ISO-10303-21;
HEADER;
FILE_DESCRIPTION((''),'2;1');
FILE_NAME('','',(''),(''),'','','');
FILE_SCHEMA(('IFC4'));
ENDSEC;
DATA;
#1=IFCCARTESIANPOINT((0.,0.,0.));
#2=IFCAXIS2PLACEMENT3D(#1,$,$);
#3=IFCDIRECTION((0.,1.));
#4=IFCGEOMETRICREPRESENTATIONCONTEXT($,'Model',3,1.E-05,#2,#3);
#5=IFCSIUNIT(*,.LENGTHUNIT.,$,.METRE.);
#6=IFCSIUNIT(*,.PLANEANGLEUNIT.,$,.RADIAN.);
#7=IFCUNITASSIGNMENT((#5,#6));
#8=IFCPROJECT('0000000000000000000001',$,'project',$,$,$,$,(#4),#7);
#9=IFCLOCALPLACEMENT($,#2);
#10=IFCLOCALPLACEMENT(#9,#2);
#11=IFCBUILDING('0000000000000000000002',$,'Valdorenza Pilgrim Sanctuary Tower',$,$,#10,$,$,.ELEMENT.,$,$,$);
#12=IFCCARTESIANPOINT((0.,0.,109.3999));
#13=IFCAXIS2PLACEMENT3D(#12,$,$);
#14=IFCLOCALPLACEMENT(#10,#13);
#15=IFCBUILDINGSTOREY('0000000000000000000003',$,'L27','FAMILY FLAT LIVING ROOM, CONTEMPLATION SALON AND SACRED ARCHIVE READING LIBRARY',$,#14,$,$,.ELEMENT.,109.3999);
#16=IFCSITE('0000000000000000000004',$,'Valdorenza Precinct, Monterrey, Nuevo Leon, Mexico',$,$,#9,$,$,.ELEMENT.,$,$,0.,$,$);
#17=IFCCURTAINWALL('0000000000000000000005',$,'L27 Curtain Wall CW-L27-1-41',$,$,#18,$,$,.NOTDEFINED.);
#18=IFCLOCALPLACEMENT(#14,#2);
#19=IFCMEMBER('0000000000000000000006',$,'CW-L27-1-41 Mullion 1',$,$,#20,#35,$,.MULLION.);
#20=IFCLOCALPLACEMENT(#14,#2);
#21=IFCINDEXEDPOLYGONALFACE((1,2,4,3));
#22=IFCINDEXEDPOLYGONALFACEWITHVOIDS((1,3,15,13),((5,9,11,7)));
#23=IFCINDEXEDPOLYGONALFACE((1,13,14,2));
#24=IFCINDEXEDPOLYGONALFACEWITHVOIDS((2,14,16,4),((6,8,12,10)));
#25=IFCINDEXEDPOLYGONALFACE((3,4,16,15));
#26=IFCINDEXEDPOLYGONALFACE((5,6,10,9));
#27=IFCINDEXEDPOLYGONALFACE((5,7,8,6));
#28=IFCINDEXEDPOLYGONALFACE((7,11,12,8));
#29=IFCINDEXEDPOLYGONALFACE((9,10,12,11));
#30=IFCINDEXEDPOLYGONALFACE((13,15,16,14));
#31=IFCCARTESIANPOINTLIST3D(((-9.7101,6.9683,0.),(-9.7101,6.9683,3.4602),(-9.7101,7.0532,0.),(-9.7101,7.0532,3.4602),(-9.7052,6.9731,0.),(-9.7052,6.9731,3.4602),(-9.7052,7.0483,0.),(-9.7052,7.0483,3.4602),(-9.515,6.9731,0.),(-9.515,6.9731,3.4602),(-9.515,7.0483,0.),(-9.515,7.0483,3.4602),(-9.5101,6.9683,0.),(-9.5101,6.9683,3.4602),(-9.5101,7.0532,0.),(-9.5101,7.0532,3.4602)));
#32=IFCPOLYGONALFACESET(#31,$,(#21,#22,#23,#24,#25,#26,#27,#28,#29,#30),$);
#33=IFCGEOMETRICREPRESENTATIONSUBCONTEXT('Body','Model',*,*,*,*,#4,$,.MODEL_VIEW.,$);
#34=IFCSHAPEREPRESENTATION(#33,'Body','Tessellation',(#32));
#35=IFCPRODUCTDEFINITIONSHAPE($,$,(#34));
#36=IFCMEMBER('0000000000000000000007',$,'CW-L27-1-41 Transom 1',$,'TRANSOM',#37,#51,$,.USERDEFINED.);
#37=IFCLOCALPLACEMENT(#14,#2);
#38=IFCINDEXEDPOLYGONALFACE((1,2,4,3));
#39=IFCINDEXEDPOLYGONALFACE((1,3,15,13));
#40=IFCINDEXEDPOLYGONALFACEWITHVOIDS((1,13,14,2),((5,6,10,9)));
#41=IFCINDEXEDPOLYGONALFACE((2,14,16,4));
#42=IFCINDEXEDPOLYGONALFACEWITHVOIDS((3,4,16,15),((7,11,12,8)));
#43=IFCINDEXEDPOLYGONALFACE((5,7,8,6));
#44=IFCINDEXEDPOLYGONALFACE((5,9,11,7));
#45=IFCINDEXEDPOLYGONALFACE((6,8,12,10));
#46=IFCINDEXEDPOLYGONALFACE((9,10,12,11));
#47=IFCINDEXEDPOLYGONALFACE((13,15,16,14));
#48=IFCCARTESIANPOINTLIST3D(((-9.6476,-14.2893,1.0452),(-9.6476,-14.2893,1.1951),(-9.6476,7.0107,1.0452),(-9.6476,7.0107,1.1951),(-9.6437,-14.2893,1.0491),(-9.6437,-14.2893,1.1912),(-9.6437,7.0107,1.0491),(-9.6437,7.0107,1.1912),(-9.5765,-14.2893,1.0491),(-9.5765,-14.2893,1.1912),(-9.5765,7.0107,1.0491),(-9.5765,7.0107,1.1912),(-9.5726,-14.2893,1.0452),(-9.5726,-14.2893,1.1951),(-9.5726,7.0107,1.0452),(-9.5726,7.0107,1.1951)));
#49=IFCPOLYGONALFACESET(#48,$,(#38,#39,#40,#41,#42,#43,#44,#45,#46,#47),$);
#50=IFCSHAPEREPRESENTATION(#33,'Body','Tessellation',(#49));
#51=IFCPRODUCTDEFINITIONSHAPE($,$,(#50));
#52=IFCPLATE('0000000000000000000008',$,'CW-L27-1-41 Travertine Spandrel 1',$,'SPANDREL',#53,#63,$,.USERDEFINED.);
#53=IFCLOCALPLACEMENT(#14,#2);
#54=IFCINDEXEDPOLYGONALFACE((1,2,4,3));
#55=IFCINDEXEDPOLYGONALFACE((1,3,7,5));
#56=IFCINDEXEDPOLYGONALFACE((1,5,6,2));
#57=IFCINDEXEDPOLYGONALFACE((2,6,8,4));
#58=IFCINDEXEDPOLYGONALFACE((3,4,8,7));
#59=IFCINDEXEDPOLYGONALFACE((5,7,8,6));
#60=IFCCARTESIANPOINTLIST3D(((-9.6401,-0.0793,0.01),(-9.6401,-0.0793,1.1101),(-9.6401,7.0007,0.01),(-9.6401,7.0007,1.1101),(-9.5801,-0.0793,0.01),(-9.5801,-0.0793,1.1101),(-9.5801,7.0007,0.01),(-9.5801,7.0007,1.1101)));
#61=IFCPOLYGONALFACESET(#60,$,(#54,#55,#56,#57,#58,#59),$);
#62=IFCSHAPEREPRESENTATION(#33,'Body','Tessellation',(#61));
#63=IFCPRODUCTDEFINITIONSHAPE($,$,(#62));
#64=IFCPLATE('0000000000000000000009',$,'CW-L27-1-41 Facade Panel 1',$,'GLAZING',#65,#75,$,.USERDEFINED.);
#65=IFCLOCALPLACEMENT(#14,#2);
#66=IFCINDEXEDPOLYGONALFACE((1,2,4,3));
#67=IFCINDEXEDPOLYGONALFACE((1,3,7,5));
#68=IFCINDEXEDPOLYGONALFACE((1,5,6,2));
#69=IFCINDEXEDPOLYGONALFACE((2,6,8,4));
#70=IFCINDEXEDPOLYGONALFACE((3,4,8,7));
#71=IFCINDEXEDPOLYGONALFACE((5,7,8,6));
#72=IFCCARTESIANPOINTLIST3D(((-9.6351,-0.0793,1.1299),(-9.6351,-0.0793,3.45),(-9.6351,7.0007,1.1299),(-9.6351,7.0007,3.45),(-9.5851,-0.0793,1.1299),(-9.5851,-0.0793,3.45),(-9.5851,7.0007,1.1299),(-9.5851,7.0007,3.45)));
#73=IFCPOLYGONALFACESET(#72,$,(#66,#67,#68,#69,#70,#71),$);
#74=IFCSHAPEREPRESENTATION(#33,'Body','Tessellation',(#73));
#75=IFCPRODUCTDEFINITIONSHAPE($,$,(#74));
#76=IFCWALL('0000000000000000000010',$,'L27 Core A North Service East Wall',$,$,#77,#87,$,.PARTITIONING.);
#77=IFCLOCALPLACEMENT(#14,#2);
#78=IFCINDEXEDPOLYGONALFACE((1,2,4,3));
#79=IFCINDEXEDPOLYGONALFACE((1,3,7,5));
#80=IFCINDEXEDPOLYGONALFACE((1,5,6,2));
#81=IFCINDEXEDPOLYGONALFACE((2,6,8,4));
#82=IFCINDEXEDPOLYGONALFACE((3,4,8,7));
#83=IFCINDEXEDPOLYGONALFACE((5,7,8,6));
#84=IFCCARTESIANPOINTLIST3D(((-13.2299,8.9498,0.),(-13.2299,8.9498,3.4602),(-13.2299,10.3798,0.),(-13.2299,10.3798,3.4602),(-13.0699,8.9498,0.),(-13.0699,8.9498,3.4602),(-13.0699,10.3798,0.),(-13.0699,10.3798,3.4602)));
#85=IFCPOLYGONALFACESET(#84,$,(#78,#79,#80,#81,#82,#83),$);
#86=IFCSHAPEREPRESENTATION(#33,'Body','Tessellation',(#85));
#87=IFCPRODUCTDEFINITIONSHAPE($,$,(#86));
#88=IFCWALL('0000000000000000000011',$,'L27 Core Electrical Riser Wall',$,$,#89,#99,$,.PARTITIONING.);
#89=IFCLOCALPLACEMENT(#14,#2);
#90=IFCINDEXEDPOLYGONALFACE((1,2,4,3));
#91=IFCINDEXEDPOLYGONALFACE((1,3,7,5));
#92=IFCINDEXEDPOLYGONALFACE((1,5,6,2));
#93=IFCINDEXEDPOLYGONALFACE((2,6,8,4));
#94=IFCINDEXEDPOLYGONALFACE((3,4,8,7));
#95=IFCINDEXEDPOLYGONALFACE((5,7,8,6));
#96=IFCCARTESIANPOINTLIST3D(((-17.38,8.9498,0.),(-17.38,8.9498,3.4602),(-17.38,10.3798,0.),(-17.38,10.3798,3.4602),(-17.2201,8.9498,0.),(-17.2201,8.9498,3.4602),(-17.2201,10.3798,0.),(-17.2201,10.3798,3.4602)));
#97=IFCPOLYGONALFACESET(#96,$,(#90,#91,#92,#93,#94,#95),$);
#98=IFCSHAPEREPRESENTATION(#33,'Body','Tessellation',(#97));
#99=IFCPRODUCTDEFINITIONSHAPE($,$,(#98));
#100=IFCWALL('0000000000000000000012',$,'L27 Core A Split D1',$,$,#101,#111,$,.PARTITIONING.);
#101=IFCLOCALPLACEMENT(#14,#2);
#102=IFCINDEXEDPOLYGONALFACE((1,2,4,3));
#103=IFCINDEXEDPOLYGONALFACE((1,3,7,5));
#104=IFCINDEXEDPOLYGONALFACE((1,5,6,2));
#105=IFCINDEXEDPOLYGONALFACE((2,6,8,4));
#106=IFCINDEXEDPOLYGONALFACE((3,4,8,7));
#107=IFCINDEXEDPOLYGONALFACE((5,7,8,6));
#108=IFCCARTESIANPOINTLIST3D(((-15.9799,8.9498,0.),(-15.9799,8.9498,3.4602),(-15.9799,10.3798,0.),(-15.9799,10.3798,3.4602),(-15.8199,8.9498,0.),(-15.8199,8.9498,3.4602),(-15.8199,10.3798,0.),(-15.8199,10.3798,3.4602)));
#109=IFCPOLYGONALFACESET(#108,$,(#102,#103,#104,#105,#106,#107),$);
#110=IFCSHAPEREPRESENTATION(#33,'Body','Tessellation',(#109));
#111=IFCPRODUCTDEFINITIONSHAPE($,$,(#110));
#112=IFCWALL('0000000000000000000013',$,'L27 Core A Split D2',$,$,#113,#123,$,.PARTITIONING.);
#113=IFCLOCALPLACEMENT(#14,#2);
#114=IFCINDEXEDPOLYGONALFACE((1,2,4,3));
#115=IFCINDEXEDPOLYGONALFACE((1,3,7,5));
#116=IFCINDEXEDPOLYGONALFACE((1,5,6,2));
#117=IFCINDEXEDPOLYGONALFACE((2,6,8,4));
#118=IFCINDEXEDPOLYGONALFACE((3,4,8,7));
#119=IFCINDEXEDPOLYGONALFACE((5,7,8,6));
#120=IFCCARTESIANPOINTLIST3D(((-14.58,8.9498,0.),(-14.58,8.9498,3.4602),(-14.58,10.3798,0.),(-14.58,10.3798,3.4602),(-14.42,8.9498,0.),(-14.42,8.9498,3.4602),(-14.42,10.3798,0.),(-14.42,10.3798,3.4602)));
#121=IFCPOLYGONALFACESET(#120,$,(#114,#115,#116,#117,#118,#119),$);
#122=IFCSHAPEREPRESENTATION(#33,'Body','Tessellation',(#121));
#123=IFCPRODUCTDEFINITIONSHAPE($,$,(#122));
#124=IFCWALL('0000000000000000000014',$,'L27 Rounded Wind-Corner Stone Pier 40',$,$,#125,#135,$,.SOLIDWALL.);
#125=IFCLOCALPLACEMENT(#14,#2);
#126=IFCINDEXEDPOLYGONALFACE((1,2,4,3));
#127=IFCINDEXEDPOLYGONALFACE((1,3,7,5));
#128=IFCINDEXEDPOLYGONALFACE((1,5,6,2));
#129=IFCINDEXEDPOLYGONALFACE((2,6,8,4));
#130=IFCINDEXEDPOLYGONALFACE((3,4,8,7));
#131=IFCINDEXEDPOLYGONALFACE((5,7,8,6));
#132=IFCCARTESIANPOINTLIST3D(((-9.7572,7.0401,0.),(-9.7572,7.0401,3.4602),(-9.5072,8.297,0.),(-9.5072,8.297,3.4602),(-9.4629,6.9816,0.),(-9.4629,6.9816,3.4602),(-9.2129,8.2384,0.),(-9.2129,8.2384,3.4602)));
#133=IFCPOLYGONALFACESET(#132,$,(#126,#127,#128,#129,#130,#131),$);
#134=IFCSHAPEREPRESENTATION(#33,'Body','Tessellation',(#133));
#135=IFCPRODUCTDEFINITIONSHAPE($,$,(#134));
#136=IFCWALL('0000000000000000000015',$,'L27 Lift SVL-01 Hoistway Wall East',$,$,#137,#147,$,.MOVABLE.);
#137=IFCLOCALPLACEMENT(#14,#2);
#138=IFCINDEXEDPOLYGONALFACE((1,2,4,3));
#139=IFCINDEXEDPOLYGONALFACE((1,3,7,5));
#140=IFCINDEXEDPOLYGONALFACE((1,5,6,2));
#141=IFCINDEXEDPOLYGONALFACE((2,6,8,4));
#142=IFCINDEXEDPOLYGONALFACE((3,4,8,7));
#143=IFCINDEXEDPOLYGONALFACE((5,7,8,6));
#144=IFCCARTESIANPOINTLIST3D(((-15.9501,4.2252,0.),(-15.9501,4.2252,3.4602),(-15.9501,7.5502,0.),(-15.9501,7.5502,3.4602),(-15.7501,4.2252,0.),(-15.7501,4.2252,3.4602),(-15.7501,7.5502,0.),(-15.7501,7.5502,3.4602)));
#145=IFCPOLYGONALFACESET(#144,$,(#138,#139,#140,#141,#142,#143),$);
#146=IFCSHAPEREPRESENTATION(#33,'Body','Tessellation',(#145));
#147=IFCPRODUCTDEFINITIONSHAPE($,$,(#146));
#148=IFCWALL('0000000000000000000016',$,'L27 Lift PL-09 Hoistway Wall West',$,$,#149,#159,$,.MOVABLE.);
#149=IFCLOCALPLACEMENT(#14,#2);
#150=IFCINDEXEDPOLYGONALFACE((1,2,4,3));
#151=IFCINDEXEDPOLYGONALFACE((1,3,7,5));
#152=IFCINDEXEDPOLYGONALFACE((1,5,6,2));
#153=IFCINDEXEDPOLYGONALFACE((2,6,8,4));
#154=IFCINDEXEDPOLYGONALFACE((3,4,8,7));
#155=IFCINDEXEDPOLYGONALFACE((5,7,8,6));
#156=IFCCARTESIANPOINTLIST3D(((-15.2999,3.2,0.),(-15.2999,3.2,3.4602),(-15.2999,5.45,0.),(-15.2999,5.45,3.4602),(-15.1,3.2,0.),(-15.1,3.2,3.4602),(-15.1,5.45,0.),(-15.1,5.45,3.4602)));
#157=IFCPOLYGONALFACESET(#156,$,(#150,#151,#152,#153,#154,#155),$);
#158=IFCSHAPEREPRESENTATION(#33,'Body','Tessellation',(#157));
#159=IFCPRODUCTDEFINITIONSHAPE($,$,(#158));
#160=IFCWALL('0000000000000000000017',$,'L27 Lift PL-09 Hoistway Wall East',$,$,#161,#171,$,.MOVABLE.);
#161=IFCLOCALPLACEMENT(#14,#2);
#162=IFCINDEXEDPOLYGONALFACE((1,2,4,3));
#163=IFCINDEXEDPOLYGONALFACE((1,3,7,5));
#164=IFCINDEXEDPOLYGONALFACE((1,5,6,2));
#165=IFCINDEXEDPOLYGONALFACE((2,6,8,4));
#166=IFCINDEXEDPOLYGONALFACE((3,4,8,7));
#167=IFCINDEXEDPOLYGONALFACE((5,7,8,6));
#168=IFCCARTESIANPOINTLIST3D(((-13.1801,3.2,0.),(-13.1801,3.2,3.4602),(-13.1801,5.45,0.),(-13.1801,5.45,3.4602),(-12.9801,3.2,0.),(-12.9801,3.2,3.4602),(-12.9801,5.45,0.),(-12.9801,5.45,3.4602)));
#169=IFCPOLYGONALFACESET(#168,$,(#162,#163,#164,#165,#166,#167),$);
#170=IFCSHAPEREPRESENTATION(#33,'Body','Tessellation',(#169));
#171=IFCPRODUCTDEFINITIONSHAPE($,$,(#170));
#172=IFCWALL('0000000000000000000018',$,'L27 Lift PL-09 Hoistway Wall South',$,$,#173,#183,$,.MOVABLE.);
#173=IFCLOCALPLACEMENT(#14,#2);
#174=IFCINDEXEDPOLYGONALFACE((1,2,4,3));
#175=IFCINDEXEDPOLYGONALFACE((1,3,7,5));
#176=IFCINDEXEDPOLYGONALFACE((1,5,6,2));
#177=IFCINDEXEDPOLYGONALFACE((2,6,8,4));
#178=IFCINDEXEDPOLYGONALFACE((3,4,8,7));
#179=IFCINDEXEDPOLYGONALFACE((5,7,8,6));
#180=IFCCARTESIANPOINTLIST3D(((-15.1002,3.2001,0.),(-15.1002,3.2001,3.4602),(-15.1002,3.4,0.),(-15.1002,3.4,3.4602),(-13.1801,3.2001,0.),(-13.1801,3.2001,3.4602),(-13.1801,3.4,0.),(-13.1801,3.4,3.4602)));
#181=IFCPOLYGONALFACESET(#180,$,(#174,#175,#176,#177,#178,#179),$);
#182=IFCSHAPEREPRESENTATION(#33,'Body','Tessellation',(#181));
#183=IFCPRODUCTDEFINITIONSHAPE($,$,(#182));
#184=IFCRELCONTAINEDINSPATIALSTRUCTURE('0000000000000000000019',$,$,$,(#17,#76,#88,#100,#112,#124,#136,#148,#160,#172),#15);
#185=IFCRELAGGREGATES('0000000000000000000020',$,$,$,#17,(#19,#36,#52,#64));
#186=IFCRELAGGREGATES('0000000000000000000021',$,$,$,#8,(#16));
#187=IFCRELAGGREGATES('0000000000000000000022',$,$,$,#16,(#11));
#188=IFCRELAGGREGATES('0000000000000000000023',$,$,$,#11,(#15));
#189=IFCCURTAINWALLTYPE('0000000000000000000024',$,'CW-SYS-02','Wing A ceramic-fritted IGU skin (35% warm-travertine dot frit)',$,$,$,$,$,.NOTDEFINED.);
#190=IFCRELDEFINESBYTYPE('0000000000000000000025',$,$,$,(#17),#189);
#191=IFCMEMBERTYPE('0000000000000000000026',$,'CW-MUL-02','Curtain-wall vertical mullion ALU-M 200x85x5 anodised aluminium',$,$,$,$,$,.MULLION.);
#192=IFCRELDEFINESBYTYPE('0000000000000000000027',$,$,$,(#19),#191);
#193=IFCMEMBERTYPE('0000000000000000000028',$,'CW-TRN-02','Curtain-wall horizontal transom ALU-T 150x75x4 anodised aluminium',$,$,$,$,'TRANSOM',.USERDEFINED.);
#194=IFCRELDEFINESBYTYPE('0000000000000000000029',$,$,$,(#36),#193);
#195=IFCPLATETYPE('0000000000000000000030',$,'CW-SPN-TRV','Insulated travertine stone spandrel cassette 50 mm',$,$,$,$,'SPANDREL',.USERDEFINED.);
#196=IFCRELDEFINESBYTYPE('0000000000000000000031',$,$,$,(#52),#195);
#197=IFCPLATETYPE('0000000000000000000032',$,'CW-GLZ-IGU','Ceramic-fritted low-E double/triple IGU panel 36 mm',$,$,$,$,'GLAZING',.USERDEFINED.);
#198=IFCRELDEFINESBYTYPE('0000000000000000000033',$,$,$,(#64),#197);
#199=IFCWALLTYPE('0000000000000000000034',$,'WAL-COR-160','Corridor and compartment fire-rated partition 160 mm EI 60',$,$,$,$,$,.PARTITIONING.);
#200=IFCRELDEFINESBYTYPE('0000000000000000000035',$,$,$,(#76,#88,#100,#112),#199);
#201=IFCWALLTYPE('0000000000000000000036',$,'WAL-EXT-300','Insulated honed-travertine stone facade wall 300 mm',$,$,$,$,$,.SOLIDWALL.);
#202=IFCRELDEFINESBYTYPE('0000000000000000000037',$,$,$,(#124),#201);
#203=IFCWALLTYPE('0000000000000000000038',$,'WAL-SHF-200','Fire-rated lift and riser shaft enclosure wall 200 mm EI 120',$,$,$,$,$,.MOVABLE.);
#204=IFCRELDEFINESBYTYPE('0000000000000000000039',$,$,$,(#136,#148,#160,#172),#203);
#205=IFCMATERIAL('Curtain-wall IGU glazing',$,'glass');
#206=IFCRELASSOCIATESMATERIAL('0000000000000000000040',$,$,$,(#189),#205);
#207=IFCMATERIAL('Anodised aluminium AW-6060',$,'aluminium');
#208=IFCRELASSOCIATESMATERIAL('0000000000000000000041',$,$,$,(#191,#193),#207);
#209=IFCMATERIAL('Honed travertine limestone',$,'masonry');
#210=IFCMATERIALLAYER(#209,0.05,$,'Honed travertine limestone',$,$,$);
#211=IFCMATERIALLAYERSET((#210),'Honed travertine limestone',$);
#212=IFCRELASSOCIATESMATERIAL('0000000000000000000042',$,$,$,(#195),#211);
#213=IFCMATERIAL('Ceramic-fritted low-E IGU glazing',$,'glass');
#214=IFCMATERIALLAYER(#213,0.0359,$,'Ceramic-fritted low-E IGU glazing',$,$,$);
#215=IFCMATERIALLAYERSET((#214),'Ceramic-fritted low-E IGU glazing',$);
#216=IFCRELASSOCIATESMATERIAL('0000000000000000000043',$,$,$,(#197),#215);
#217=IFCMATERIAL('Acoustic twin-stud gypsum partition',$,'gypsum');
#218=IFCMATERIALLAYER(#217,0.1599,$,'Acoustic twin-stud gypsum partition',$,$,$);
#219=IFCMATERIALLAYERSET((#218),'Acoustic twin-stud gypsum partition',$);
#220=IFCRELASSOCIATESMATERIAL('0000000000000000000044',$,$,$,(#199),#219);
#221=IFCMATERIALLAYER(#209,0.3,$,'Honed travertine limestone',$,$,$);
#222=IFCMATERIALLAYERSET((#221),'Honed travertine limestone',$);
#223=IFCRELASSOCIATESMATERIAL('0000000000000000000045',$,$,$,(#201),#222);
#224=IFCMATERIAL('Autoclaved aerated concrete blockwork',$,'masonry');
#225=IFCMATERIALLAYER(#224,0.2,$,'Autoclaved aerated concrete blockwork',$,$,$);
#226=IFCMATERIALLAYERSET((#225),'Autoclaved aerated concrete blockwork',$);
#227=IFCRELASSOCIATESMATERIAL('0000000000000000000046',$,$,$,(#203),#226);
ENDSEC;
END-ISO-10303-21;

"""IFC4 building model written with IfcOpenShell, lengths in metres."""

from ifc_helpers import new_model, si_unit, direction, frame, frame_2d, origin, origin_2d, place, context, subcontext, project, spatial, rectangle, hollow_rectangle, extrude, source, transform, mapped, material, layer, layer_set, material_profile, profile_set, type_object, element, aggregate, save


model = new_model("IFC4")

# Units and contexts
model_context = context("Model", 3, precision=1e-05, world=origin(), true_north=direction((0.0, 1.0)))
body_context = subcontext(model_context, "Body", "Model", "MODEL_VIEW")
ifc_project = project(units=[si_unit("LENGTHUNIT", "METRE"), si_unit("PLANEANGLEUNIT", "RADIAN")], contexts=[model_context])

# Site, building, storey
site_placement = place(None, origin())
site = spatial("IfcSite", under=ifc_project, at=site_placement, Name="Valdorenza Precinct, Monterrey, Nuevo Leon, Mexico", CompositionType="ELEMENT", RefElevation=0.0)
building_placement = place(site_placement, origin())
building = spatial("IfcBuilding", under=site, at=building_placement, Name="Valdorenza Pilgrim Sanctuary Tower", CompositionType="ELEMENT")
storey_placement = place(building_placement, frame((0.0, 0.0, 109.3999)))
storey = spatial("IfcBuildingStorey", under=building, at=storey_placement, Name="L27", Description="FAMILY FLAT LIVING ROOM, CONTEMPLATION SALON AND SACRED ARCHIVE READING LIBRARY", CompositionType="ELEMENT", Elevation=109.3999)

# Curtain wall, members, plates
ifc_material_1 = material(Name="Curtain-wall IGU glazing", Category="glass")
curtain_wall_type = type_object("IfcCurtainWallType", Name="CW-SYS-02", Description="Wing A ceramic-fritted IGU skin (35% warm-travertine dot frit)", PredefinedType="NOTDEFINED", material=ifc_material_1)
curtain_wall_placement = place(storey_placement, origin())
curtain_wall = element("IfcCurtainWall", 1, at=curtain_wall_placement, inside=storey, type_object=curtain_wall_type, Name="L27 Curtain Wall CW-L27-1-41", PredefinedType="NOTDEFINED")
ifc_material_2 = material(Name="Anodised aluminium AW-6060", Category="aluminium")
ifc_material_profile_1 = material_profile(ifc_material_2, hollow_rectangle(XDim=0.085, YDim=0.2, WallThickness=0.0049, at=origin_2d()), Name="ALU-M 200x85x5")
ifc_profile_set_1 = profile_set([ifc_material_profile_1], Name="Anodised aluminium AW-6060")
member_type_1 = type_object("IfcMemberType", Name="CW-MUL-02", Description="Curtain-wall vertical mullion ALU-M 200x85x5 anodised aluminium", PredefinedType="MULLION", material=ifc_profile_set_1)
shared_shape_1 = source(origin(), body_context, "Body", "SweptSolid", [
    extrude(hollow_rectangle(XDim=0.085, YDim=0.2, WallThickness=0.0049, at=origin_2d()), origin(), (0.0, 0.0, 1.0), 3.4602),
])
member_1_placement = place(storey_placement, frame((-9.6101, 7.0107, 0.0), z_axis=(0.0, 0.0, 1.0), x_axis=(0.0, -1.0, 0.0)))
member_1 = element("IfcMember", 2, at=member_1_placement, type_object=member_type_1, Name="CW-L27-1-41 Mullion 1", PredefinedType="MULLION", context=body_context, shape_type="MappedRepresentation", body=[
    mapped(shared_shape_1, transform((0.0, 0.0, 0.0), x_axis=(1.0, 0.0, 0.0), y_axis=(0.0, 1.0, 0.0), z_axis=(0.0, 0.0, 1.0), scale=1.0)),
])
ifc_material_profile_2 = material_profile(ifc_material_2, hollow_rectangle(XDim=0.075, YDim=0.1499, WallThickness=0.0039, at=origin_2d()), Name="ALU-T 150x75x4")
ifc_profile_set_2 = profile_set([ifc_material_profile_2], Name="Anodised aluminium AW-6060")
member_type_2 = type_object("IfcMemberType", Name="CW-TRN-02", Description="Curtain-wall horizontal transom ALU-T 150x75x4 anodised aluminium", ElementType="TRANSOM", PredefinedType="USERDEFINED", material=ifc_profile_set_2)
shared_shape_2 = source(origin(), body_context, "Body", "SweptSolid", [
    extrude(hollow_rectangle(XDim=0.075, YDim=0.1499, WallThickness=0.0039, at=origin_2d()), origin(), (0.0, 0.0, 1.0), 21.3),
])
member_2_placement = place(storey_placement, frame((-9.6101, 7.0107, 1.1201), z_axis=(0.0, -1.0, 0.0), x_axis=(1.0, 0.0, 0.0)))
member_2 = element("IfcMember", 3, at=member_2_placement, type_object=member_type_2, Name="CW-L27-1-41 Transom 1", ObjectType="TRANSOM", PredefinedType="USERDEFINED", context=body_context, shape_type="MappedRepresentation", body=[
    mapped(shared_shape_2, transform((0.0, 0.0, 0.0), x_axis=(1.0, 0.0, 0.0), y_axis=(0.0, 1.0, 0.0), z_axis=(0.0, 0.0, 1.0), scale=1.0)),
])
ifc_material_3 = material(Name="Honed travertine limestone", Category="masonry")
ifc_layer_1 = layer(ifc_material_3, 0.05, Name="Honed travertine limestone")
ifc_layer_set_1 = layer_set([ifc_layer_1], Name="Honed travertine limestone")
plate_type_1 = type_object("IfcPlateType", Name="CW-SPN-TRV", Description="Insulated travertine stone spandrel cassette 50 mm", ElementType="SPANDREL", PredefinedType="USERDEFINED", material=ifc_layer_set_1)
shared_shape_3 = source(origin(), body_context, "Body", "SweptSolid", [
    extrude(rectangle(XDim=7.0801, YDim=0.0601, at=origin_2d()), origin(), (0.0, 0.0, 1.0), 1.1001),
])
plate_1_placement = place(storey_placement, frame((-9.6101, 3.4607, 0.01), z_axis=(0.0, 0.0, 1.0), x_axis=(0.0, -1.0, 0.0)))
plate_1 = element("IfcPlate", 4, at=plate_1_placement, type_object=plate_type_1, Name="CW-L27-1-41 Travertine Spandrel 1", ObjectType="SPANDREL", PredefinedType="USERDEFINED", context=body_context, shape_type="MappedRepresentation", body=[
    mapped(shared_shape_3, transform((0.0, 0.0, 0.0), x_axis=(1.0, 0.0, 0.0), y_axis=(0.0, 1.0, 0.0), z_axis=(0.0, 0.0, 1.0), scale=1.0)),
])
ifc_material_4 = material(Name="Ceramic-fritted low-E IGU glazing", Category="glass")
ifc_layer_2 = layer(ifc_material_4, 0.0359, Name="Ceramic-fritted low-E IGU glazing")
ifc_layer_set_2 = layer_set([ifc_layer_2], Name="Ceramic-fritted low-E IGU glazing")
plate_type_2 = type_object("IfcPlateType", Name="CW-GLZ-IGU", Description="Ceramic-fritted low-E double/triple IGU panel 36 mm", ElementType="GLAZING", PredefinedType="USERDEFINED", material=ifc_layer_set_2)
shared_shape_4 = source(origin(), body_context, "Body", "SweptSolid", [
    extrude(rectangle(XDim=7.0801, YDim=0.05, at=origin_2d()), origin(), (0.0, 0.0, 1.0), 2.3201),
])
plate_2_placement = place(storey_placement, frame((-9.6101, 3.4607, 1.1299), z_axis=(0.0, 0.0, 1.0), x_axis=(0.0, -1.0, 0.0)))
plate_2 = element("IfcPlate", 5, at=plate_2_placement, type_object=plate_type_2, Name="CW-L27-1-41 Facade Panel 1", ObjectType="GLAZING", PredefinedType="USERDEFINED", context=body_context, shape_type="MappedRepresentation", body=[
    mapped(shared_shape_4, transform((0.0, 0.0, 0.0), x_axis=(1.0, 0.0, 0.0), y_axis=(0.0, 1.0, 0.0), z_axis=(0.0, 0.0, 1.0), scale=1.0)),
])
aggregate(curtain_wall, [member_1, member_2, plate_1, plate_2])

# Walls
ifc_material_5 = material(Name="Acoustic twin-stud gypsum partition", Category="gypsum")
ifc_layer_3 = layer(ifc_material_5, 0.1599, Name="Acoustic twin-stud gypsum partition")
ifc_layer_set_3 = layer_set([ifc_layer_3], Name="Acoustic twin-stud gypsum partition")
wall_type_1 = type_object("IfcWallType", Name="WAL-COR-160", Description="Corridor and compartment fire-rated partition 160 mm EI 60", PredefinedType="PARTITIONING", material=ifc_layer_set_3)
for number, where, z_axis, x_axis, name in (
    (6, (-13.1499, 8.95, 0.0), (0.0, 0.0, 1.0), (0.0, 1.0, 0.0), "L27 Core A North Service East Wall"),
    (7, (-17.3, 8.95, 0.0), (0.0, 0.0, 1.0), (0.0, 1.0, 0.0), "L27 Core Electrical Riser Wall"),
    (8, (-15.8999, 8.95, 0.0), (0.0, 0.0, 1.0), (0.0, 1.0, 0.0), "L27 Core A Split D1"),
    (9, (-14.5, 8.95, 0.0), (0.0, 0.0, 1.0), (0.0, 1.0, 0.0), "L27 Core A Split D2"),
):
    element("IfcWall", number, at=place(storey_placement, frame(where, z_axis=z_axis, x_axis=x_axis)), inside=storey, type_object=wall_type_1, Name=name, PredefinedType="PARTITIONING", context=body_context, shape_type="SweptSolid", body=[
        extrude(rectangle(XDim=1.4299, YDim=0.1599, at=frame_2d((0.7148, 0.0))), origin(), (0.0, 0.0, 1.0), 3.4602),
    ])
ifc_layer_4 = layer(ifc_material_3, 0.3, Name="Honed travertine limestone")
ifc_layer_set_4 = layer_set([ifc_layer_4], Name="Honed travertine limestone")
wall_type_2 = type_object("IfcWallType", Name="WAL-EXT-300", Description="Insulated honed-travertine stone facade wall 300 mm", PredefinedType="SOLIDWALL", material=ifc_layer_set_4)
wall_1_placement = place(storey_placement, frame((-9.3601, 8.2676, 0.0), z_axis=(0.0, 0.0, 1.0), x_axis=(-0.19509, -0.980785, 0.0)))
element("IfcWall", 10, at=wall_1_placement, inside=storey, type_object=wall_type_2, Name="L27 Rounded Wind-Corner Stone Pier 40", PredefinedType="SOLIDWALL", context=body_context, shape_type="SweptSolid", body=[
    extrude(rectangle(XDim=1.2815, YDim=0.3, at=frame_2d((0.6406, 0.0))), origin(), (0.0, 0.0, 1.0), 3.4602),
])
ifc_material_6 = material(Name="Autoclaved aerated concrete blockwork", Category="masonry")
ifc_layer_5 = layer(ifc_material_6, 0.2, Name="Autoclaved aerated concrete blockwork")
ifc_layer_set_5 = layer_set([ifc_layer_5], Name="Autoclaved aerated concrete blockwork")
wall_type_3 = type_object("IfcWallType", Name="WAL-SHF-200", Description="Fire-rated lift and riser shaft enclosure wall 200 mm EI 120", PredefinedType="MOVABLE", material=ifc_layer_set_5)
wall_2_placement = place(storey_placement, frame((-15.8501, 4.2251, 0.0), z_axis=(0.0, 0.0, 1.0), x_axis=(0.0, 1.0, 0.0)))
element("IfcWall", 11, at=wall_2_placement, inside=storey, type_object=wall_type_3, Name="L27 Lift SVL-01 Hoistway Wall East", PredefinedType="MOVABLE", context=body_context, shape_type="SweptSolid", body=[
    extrude(rectangle(XDim=3.325, YDim=0.2, at=frame_2d((1.6626, 0.0))), origin(), (0.0, 0.0, 1.0), 3.4602),
])
for number, where, z_axis, x_axis, name in (
    (12, (-15.2, 3.2, 0.0), (0.0, 0.0, 1.0), (0.0, 1.0, 0.0), "L27 Lift PL-09 Hoistway Wall West"),
    (13, (-13.0801, 3.2, 0.0), (0.0, 0.0, 1.0), (0.0, 1.0, 0.0), "L27 Lift PL-09 Hoistway Wall East"),
):
    element("IfcWall", number, at=place(storey_placement, frame(where, z_axis=z_axis, x_axis=x_axis)), inside=storey, type_object=wall_type_3, Name=name, PredefinedType="MOVABLE", context=body_context, shape_type="SweptSolid", body=[
        extrude(rectangle(XDim=2.25, YDim=0.2, at=frame_2d((1.125, 0.0))), origin(), (0.0, 0.0, 1.0), 3.4602),
    ])
for number, where, z_axis, x_axis, name in (
    (14, (-15.1001, 3.3, 0.0), (0.0, 0.0, 1.0), (1.0, 0.0, 0.0), "L27 Lift PL-09 Hoistway Wall South"),
):
    element("IfcWall", number, at=place(storey_placement, frame(where, z_axis=z_axis, x_axis=x_axis)), inside=storey, type_object=wall_type_3, Name=name, PredefinedType="MOVABLE", context=body_context, shape_type="SweptSolid", body=[
        extrude(rectangle(XDim=1.9202, YDim=0.2, at=frame_2d((0.96, 0.0))), origin(), (0.0, 0.0, 1.0), 3.4602),
    ])

save(model, "model.ifc")
